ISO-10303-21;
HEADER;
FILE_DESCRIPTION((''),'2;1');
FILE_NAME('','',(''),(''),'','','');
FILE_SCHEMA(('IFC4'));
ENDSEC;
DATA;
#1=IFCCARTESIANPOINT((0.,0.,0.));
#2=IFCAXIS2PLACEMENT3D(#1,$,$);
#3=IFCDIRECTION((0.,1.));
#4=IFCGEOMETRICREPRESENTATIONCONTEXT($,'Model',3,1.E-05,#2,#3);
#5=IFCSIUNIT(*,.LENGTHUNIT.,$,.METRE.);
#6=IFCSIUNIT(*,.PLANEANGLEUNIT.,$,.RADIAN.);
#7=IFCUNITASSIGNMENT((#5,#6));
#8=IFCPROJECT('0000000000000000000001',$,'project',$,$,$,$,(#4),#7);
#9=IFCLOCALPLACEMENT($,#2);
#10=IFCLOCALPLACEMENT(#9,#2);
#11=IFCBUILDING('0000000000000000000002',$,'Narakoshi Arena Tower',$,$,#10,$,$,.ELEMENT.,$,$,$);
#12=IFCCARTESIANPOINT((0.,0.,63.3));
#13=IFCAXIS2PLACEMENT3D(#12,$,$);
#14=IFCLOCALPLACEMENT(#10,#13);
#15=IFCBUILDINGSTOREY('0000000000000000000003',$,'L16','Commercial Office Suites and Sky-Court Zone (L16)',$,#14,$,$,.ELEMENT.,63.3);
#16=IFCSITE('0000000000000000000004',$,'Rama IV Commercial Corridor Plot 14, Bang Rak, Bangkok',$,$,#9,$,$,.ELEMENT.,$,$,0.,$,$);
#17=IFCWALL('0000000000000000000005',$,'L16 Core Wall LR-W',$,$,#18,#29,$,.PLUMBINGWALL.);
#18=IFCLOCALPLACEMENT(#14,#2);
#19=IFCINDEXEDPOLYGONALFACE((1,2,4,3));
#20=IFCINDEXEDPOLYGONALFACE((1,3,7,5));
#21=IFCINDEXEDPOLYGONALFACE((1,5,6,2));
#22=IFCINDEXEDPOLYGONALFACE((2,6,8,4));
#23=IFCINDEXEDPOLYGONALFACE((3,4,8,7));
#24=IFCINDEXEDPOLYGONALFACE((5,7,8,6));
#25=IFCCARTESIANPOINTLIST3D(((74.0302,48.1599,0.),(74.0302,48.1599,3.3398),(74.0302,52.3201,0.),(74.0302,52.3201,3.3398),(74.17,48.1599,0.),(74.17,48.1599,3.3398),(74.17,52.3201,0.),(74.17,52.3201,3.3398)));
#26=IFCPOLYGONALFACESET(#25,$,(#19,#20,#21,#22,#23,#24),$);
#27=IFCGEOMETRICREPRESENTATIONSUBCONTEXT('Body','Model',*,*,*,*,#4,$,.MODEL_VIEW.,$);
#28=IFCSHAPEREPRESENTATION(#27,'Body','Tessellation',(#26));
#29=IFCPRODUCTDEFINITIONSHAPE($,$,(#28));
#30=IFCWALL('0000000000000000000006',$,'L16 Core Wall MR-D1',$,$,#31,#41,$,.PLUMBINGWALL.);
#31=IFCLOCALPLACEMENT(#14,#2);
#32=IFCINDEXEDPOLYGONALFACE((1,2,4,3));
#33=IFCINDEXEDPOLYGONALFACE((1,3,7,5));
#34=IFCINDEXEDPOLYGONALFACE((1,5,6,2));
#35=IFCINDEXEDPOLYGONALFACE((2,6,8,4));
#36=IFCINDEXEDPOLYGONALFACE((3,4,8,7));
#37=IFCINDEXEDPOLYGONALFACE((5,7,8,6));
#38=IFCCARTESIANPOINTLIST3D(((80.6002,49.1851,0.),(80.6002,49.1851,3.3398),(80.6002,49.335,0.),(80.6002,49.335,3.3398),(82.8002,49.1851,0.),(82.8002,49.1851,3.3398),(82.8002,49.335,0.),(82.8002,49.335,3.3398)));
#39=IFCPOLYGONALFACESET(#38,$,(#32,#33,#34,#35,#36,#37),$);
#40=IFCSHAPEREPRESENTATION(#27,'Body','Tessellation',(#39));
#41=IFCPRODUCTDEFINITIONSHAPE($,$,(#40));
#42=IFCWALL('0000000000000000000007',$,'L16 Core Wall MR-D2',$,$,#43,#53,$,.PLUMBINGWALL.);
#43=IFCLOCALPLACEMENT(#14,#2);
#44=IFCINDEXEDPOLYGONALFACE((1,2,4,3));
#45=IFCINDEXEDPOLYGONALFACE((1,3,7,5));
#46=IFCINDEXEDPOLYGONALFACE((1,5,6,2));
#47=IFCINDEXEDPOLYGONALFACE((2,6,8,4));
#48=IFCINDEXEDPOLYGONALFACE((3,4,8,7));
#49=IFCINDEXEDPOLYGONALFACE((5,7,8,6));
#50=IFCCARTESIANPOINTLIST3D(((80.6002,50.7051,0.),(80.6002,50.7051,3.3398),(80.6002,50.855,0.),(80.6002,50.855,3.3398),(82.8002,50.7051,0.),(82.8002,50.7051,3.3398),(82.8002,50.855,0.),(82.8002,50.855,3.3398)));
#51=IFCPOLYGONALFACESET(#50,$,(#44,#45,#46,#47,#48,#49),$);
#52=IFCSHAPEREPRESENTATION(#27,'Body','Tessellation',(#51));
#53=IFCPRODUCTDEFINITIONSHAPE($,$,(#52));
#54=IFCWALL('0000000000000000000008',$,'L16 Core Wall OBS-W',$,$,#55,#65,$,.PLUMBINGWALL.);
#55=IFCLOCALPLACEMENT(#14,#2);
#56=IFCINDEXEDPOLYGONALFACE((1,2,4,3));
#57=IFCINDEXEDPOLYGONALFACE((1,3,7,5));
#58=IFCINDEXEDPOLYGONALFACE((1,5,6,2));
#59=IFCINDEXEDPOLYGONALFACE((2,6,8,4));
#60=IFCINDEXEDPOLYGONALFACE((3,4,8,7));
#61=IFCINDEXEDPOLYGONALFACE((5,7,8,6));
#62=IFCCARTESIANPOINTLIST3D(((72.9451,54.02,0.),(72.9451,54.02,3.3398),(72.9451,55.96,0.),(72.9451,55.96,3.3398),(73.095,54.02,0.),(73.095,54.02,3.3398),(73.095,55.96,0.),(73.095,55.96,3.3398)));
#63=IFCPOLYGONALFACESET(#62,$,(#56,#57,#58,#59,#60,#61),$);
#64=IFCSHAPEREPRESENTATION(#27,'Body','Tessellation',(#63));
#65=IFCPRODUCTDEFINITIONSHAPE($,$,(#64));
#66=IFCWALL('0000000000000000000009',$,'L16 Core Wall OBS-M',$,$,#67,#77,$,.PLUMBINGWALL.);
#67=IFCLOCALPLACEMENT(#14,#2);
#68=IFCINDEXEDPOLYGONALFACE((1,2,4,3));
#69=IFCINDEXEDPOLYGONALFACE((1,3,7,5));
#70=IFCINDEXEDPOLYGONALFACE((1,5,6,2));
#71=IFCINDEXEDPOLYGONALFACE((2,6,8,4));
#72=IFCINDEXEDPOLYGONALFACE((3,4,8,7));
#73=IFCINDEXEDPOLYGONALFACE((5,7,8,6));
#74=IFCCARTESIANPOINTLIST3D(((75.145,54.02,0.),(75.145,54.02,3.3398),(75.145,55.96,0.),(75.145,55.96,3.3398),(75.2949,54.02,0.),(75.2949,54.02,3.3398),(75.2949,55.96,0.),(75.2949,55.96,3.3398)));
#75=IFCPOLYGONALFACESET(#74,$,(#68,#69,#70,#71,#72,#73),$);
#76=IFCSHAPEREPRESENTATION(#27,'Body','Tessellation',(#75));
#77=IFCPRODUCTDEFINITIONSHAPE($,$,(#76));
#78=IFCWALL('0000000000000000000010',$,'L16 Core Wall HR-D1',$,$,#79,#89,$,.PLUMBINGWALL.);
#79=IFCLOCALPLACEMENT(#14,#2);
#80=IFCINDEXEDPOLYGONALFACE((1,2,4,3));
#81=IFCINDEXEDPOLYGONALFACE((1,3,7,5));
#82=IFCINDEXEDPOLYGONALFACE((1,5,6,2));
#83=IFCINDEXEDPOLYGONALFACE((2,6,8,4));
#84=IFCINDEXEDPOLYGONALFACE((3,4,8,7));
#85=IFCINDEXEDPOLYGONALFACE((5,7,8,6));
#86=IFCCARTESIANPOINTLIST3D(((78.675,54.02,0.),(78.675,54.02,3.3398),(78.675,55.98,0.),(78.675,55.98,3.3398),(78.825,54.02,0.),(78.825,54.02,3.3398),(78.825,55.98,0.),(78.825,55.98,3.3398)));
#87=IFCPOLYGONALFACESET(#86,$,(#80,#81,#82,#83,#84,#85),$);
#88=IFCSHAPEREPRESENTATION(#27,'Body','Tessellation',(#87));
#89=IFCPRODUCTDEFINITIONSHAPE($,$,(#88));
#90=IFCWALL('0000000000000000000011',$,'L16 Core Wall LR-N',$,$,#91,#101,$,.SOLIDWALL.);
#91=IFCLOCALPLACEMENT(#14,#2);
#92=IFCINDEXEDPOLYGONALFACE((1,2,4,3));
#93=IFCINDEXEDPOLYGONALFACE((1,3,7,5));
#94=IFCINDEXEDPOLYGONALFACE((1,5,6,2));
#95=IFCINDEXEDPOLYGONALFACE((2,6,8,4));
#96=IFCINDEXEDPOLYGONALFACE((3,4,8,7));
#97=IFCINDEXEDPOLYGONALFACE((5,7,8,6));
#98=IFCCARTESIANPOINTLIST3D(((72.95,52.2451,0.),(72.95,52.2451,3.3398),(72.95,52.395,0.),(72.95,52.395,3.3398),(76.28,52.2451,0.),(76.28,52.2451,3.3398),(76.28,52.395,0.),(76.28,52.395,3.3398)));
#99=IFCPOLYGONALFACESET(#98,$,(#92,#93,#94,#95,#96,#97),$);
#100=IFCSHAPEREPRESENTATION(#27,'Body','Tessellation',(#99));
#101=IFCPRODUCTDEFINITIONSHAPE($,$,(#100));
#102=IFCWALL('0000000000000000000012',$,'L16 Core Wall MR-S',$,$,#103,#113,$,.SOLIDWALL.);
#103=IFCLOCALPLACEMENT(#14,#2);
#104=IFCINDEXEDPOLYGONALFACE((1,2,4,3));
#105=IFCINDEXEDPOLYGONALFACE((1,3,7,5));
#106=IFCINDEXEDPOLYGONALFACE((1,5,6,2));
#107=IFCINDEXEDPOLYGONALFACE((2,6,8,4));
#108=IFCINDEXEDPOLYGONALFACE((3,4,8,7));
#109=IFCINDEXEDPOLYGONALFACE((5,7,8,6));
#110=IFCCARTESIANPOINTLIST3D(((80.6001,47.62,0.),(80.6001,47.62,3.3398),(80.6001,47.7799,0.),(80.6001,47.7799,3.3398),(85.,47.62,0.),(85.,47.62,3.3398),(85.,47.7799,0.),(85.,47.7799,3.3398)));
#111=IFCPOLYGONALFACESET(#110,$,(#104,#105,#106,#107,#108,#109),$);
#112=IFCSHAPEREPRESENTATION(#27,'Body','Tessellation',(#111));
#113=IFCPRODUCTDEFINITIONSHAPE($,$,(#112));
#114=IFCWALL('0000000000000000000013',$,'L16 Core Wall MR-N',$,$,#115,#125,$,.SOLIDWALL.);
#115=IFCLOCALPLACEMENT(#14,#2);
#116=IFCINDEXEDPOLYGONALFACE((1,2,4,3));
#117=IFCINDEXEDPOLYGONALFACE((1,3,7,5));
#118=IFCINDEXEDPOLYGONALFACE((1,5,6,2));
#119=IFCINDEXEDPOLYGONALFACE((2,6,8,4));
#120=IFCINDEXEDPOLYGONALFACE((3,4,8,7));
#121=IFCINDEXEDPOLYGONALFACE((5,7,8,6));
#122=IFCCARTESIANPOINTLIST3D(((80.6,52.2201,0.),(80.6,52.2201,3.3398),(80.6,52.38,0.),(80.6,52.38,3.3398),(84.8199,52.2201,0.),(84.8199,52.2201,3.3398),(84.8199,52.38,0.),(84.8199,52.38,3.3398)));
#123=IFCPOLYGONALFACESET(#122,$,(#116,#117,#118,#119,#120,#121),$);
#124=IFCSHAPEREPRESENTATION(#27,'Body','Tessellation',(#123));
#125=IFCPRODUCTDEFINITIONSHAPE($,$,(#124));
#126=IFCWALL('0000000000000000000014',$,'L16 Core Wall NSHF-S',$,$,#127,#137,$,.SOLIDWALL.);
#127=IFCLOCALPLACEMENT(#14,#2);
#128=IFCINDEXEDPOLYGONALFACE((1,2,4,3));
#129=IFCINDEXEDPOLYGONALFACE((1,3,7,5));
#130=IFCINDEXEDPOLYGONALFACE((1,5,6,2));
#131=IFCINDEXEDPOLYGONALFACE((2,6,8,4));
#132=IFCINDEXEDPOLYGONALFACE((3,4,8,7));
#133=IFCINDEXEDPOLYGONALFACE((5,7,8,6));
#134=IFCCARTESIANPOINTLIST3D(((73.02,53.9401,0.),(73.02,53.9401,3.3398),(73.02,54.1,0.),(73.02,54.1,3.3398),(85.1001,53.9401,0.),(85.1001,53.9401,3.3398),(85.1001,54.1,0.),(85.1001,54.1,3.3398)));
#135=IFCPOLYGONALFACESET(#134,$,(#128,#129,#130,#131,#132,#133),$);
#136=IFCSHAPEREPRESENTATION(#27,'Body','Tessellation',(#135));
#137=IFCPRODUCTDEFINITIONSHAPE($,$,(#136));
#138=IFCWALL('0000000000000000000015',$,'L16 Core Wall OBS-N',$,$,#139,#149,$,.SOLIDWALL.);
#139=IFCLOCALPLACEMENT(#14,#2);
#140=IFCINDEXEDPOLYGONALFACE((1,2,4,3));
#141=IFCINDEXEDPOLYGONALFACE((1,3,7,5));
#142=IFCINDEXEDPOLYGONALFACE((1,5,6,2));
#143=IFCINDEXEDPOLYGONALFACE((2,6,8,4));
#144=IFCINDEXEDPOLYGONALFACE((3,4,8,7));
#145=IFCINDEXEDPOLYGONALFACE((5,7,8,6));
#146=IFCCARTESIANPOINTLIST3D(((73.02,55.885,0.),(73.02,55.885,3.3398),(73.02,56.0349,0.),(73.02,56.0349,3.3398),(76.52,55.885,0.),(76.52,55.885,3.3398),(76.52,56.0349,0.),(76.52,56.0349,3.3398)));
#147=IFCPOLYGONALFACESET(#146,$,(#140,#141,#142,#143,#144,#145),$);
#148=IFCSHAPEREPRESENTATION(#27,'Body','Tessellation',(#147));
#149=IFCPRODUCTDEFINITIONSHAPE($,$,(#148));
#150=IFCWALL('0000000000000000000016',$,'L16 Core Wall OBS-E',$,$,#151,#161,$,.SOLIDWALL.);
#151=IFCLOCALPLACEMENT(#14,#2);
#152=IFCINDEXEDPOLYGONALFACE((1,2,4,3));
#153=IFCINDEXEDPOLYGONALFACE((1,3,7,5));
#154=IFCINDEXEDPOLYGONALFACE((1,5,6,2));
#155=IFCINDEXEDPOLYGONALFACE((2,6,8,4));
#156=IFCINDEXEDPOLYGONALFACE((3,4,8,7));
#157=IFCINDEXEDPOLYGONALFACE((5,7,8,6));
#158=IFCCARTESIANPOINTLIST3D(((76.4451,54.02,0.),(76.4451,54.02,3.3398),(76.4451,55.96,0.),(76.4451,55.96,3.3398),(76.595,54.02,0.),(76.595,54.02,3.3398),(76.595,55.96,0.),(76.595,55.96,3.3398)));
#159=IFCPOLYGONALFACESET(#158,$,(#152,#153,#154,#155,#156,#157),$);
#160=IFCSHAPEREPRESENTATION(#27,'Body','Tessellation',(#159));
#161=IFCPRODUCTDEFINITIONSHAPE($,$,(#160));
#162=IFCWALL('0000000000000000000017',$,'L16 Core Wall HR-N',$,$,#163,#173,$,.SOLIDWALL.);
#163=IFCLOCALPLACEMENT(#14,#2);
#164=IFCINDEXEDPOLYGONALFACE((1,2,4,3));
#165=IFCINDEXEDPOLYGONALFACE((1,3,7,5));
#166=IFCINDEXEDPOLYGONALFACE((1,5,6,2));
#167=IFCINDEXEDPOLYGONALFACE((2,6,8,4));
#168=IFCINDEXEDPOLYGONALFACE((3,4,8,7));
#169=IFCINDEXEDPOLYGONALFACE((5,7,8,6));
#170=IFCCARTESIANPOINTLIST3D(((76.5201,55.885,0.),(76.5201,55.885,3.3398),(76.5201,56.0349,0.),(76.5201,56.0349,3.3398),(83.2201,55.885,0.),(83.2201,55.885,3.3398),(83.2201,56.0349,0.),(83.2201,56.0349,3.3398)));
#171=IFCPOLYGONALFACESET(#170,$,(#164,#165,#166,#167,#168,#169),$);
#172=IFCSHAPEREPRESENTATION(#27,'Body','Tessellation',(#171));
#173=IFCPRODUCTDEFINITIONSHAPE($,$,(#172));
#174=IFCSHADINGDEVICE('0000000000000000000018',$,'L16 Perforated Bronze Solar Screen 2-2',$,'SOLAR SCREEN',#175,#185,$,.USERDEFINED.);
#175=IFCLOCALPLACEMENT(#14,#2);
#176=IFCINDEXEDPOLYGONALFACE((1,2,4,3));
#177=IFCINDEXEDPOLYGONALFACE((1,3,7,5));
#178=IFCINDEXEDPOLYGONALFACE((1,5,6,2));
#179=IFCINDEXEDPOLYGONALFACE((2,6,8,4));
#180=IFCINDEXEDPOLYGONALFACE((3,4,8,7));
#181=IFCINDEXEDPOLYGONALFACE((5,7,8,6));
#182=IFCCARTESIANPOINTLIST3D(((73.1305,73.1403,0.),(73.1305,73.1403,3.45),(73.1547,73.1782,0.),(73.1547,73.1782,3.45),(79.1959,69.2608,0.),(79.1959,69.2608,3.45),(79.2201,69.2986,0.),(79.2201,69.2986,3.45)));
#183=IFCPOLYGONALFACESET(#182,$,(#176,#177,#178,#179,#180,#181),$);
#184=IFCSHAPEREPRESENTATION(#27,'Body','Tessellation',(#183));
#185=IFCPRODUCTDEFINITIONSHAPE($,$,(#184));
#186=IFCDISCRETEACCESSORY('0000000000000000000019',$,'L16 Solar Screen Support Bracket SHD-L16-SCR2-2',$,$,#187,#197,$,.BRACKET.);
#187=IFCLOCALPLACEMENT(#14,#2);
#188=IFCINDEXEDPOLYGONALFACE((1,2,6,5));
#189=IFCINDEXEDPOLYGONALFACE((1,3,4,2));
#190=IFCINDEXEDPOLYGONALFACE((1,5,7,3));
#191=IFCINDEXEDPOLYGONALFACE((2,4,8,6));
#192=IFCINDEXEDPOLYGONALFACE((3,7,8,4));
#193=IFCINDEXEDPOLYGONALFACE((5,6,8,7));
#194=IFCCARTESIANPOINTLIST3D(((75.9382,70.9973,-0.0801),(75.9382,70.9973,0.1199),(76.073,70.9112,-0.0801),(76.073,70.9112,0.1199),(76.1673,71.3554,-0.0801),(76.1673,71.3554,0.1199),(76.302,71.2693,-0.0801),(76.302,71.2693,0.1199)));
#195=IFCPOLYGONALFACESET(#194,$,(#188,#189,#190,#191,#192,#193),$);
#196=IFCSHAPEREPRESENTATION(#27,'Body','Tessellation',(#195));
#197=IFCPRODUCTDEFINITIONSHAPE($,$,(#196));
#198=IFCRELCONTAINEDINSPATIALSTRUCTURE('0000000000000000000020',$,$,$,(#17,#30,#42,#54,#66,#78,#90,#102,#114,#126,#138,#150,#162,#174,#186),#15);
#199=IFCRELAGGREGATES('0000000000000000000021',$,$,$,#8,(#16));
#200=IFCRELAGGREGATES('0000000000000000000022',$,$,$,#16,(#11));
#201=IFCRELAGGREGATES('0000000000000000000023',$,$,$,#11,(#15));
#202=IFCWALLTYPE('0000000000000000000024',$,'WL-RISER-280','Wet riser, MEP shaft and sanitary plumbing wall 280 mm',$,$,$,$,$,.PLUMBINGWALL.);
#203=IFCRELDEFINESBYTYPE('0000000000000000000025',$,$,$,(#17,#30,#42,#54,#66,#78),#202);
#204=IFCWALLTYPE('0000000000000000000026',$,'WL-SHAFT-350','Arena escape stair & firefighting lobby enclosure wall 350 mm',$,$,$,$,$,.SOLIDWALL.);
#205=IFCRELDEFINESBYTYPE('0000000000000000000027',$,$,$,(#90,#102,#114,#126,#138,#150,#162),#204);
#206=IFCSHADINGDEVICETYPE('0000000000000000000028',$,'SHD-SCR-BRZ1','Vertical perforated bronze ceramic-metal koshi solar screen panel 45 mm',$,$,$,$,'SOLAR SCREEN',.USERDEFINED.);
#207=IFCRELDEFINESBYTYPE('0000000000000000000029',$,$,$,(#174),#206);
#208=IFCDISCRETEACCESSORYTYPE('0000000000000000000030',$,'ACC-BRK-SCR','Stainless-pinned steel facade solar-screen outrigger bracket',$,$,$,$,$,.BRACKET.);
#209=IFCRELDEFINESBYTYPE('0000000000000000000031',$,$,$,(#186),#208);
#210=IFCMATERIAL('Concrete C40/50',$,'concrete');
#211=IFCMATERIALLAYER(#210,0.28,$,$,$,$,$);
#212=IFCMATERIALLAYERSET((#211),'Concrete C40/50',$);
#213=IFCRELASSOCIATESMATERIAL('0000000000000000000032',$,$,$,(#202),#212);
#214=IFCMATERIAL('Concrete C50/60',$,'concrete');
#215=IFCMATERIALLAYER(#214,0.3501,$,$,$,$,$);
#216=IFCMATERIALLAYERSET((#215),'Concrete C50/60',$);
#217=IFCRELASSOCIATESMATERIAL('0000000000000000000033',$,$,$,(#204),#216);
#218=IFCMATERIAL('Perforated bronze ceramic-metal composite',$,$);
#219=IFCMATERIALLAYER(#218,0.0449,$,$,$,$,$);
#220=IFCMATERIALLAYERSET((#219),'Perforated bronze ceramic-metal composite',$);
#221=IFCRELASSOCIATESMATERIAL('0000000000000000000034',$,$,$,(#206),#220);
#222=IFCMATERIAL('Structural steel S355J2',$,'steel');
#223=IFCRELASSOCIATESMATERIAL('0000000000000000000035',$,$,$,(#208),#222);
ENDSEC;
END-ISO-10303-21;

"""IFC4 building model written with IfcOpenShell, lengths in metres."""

from ifc_helpers import new_model, si_unit, direction, frame, frame_2d, origin, origin_2d, place, context, subcontext, project, spatial, rectangle, extrude, material, layer, layer_set, type_object, element, save


model = new_model("IFC4")

# Units and contexts
model_context = context("Model", 3, precision=1e-05, world=origin(), true_north=direction((0.0, 1.0)))
body_context = subcontext(model_context, "Body", "Model", "MODEL_VIEW")
ifc_project = project(units=[si_unit("LENGTHUNIT", "METRE"), si_unit("PLANEANGLEUNIT", "RADIAN")], contexts=[model_context])

# Site, building, storey
site_placement = place(None, origin())
site = spatial("IfcSite", under=ifc_project, at=site_placement, Name="Rama IV Commercial Corridor Plot 14, Bang Rak, Bangkok", CompositionType="ELEMENT", RefElevation=0.0)
building_placement = place(site_placement, origin())
building = spatial("IfcBuilding", under=site, at=building_placement, Name="Narakoshi Arena Tower", CompositionType="ELEMENT")
storey_placement = place(building_placement, frame((0.0, 0.0, 63.3)))
storey = spatial("IfcBuildingStorey", under=building, at=storey_placement, Name="L16", Description="Commercial Office Suites and Sky-Court Zone (L16)", CompositionType="ELEMENT", Elevation=63.3)

# Walls
ifc_material_1 = material(Name="Concrete C40/50", Category="concrete")
ifc_layer_1 = layer(ifc_material_1, 0.28)
ifc_layer_set_1 = layer_set([ifc_layer_1], Name="Concrete C40/50")
wall_type_1 = type_object("IfcWallType", Name="WL-RISER-280", Description="Wet riser, MEP shaft and sanitary plumbing wall 280 mm", PredefinedType="PLUMBINGWALL", material=ifc_layer_set_1)
wall_1_placement = place(storey_placement, frame((74.1001, 48.1599, 0.0), z_axis=(0.0, 0.0, 1.0), x_axis=(0.0, 1.0, 0.0)))
element("IfcWall", 1, at=wall_1_placement, inside=storey, type_object=wall_type_1, Name="L16 Core Wall LR-W", PredefinedType="PLUMBINGWALL", context=body_context, shape_type="SweptSolid", body=[
    extrude(rectangle(XDim=4.1602, YDim=0.1399, at=frame_2d((2.0801, 0.0))), origin(), (0.0, 0.0, 1.0), 3.3398),
])
for number, where, z_axis, x_axis, name in (
    (2, (80.6001, 49.26, 0.0), (0.0, 0.0, 1.0), (1.0, 0.0, 0.0), "L16 Core Wall MR-D1"),
    (3, (80.6001, 50.78, 0.0), (0.0, 0.0, 1.0), (1.0, 0.0, 0.0), "L16 Core Wall MR-D2"),
):
    element("IfcWall", number, at=place(storey_placement, frame(where, z_axis=z_axis, x_axis=x_axis)), inside=storey, type_object=wall_type_1, Name=name, PredefinedType="PLUMBINGWALL", context=body_context, shape_type="SweptSolid", body=[
        extrude(rectangle(XDim=2.2, YDim=0.1499, at=frame_2d((1.1001, 0.0))), origin(), (0.0, 0.0, 1.0), 3.3398),
    ])
for number, where, z_axis, x_axis, name in (
    (4, (73.02, 54.02, 0.0), (0.0, 0.0, 1.0), (0.0, 1.0, 0.0), "L16 Core Wall OBS-W"),
    (5, (75.22, 54.02, 0.0), (0.0, 0.0, 1.0), (0.0, 1.0, 0.0), "L16 Core Wall OBS-M"),
):
    element("IfcWall", number, at=place(storey_placement, frame(where, z_axis=z_axis, x_axis=x_axis)), inside=storey, type_object=wall_type_1, Name=name, PredefinedType="PLUMBINGWALL", context=body_context, shape_type="SweptSolid", body=[
        extrude(rectangle(XDim=1.9399, YDim=0.1499, at=frame_2d((0.97, 0.0))), origin(), (0.0, 0.0, 1.0), 3.3398),
    ])
wall_2_placement = place(storey_placement, frame((78.75, 54.02, 0.0), z_axis=(0.0, 0.0, 1.0), x_axis=(0.0, 1.0, 0.0)))
element("IfcWall", 6, at=wall_2_placement, inside=storey, type_object=wall_type_1, Name="L16 Core Wall HR-D1", PredefinedType="PLUMBINGWALL", context=body_context, shape_type="SweptSolid", body=[
    extrude(rectangle(XDim=1.96, YDim=0.1499, at=frame_2d((0.98, 0.0))), origin(), (0.0, 0.0, 1.0), 3.3398),
])
ifc_material_2 = material(Name="Concrete C50/60", Category="concrete")
ifc_layer_2 = layer(ifc_material_2, 0.3501)
ifc_layer_set_2 = layer_set([ifc_layer_2], Name="Concrete C50/60")
wall_type_2 = type_object("IfcWallType", Name="WL-SHAFT-350", Description="Arena escape stair & firefighting lobby enclosure wall 350 mm", PredefinedType="SOLIDWALL", material=ifc_layer_set_2)
wall_3_placement = place(storey_placement, frame((72.95, 52.3201, 0.0), z_axis=(0.0, 0.0, 1.0), x_axis=(1.0, 0.0, 0.0)))
element("IfcWall", 7, at=wall_3_placement, inside=storey, type_object=wall_type_2, Name="L16 Core Wall LR-N", PredefinedType="SOLIDWALL", context=body_context, shape_type="SweptSolid", body=[
    extrude(rectangle(XDim=3.3301, YDim=0.1499, at=frame_2d((1.665, 0.0))), origin(), (0.0, 0.0, 1.0), 3.3398),
])
wall_4_placement = place(storey_placement, frame((80.6001, 47.7, 0.0), z_axis=(0.0, 0.0, 1.0), x_axis=(1.0, 0.0, 0.0)))
element("IfcWall", 8, at=wall_4_placement, inside=storey, type_object=wall_type_2, Name="L16 Core Wall MR-S", PredefinedType="SOLIDWALL", context=body_context, shape_type="SweptSolid", body=[
    extrude(rectangle(XDim=4.3999, YDim=0.1599, at=frame_2d((2.2, 0.0))), origin(), (0.0, 0.0, 1.0), 3.3398),
])
wall_5_placement = place(storey_placement, frame((80.6001, 52.3, 0.0), z_axis=(0.0, 0.0, 1.0), x_axis=(1.0, 0.0, 0.0)))
element("IfcWall", 9, at=wall_5_placement, inside=storey, type_object=wall_type_2, Name="L16 Core Wall MR-N", PredefinedType="SOLIDWALL", context=body_context, shape_type="SweptSolid", body=[
    extrude(rectangle(XDim=4.22, YDim=0.1599, at=frame_2d((2.1099, 0.0))), origin(), (0.0, 0.0, 1.0), 3.3398),
])
wall_6_placement = place(storey_placement, frame((73.02, 54.02, 0.0), z_axis=(0.0, 0.0, 1.0), x_axis=(1.0, 0.0, 0.0)))
element("IfcWall", 10, at=wall_6_placement, inside=storey, type_object=wall_type_2, Name="L16 Core Wall NSHF-S", PredefinedType="SOLIDWALL", context=body_context, shape_type="SweptSolid", body=[
    extrude(rectangle(XDim=12.0801, YDim=0.1599, at=frame_2d((6.04, 0.0))), origin(), (0.0, 0.0, 1.0), 3.3398),
])
wall_7_placement = place(storey_placement, frame((73.02, 55.96, 0.0), z_axis=(0.0, 0.0, 1.0), x_axis=(1.0, 0.0, 0.0)))
element("IfcWall", 11, at=wall_7_placement, inside=storey, type_object=wall_type_2, Name="L16 Core Wall OBS-N", PredefinedType="SOLIDWALL", context=body_context, shape_type="SweptSolid", body=[
    extrude(rectangle(XDim=3.5, YDim=0.1499, at=frame_2d((1.75, 0.0))), origin(), (0.0, 0.0, 1.0), 3.3398),
])
wall_8_placement = place(storey_placement, frame((76.52, 54.02, 0.0), z_axis=(0.0, 0.0, 1.0), x_axis=(0.0, 1.0, 0.0)))
element("IfcWall", 12, at=wall_8_placement, inside=storey, type_object=wall_type_2, Name="L16 Core Wall OBS-E", PredefinedType="SOLIDWALL", context=body_context, shape_type="SweptSolid", body=[
    extrude(rectangle(XDim=1.9399, YDim=0.1499, at=frame_2d((0.97, 0.0))), origin(), (0.0, 0.0, 1.0), 3.3398),
])
wall_9_placement = place(storey_placement, frame((76.52, 55.96, 0.0), z_axis=(0.0, 0.0, 1.0), x_axis=(1.0, 0.0, 0.0)))
element("IfcWall", 13, at=wall_9_placement, inside=storey, type_object=wall_type_2, Name="L16 Core Wall HR-N", PredefinedType="SOLIDWALL", context=body_context, shape_type="SweptSolid", body=[
    extrude(rectangle(XDim=6.7, YDim=0.1499, at=frame_2d((3.3501, 0.0))), origin(), (0.0, 0.0, 1.0), 3.3398),
])

# Shading device
ifc_material_3 = material(Name="Perforated bronze ceramic-metal composite")
ifc_layer_3 = layer(ifc_material_3, 0.0449)
ifc_layer_set_3 = layer_set([ifc_layer_3], Name="Perforated bronze ceramic-metal composite")
shading_device_type = type_object("IfcShadingDeviceType", Name="SHD-SCR-BRZ1", Description="Vertical perforated bronze ceramic-metal koshi solar screen panel 45 mm", ElementType="SOLAR SCREEN", PredefinedType="USERDEFINED", material=ifc_layer_set_3)
shading_device_placement = place(storey_placement, frame((76.1753, 71.2195, 0.0), z_axis=(0.0, 0.0, 1.0), x_axis=(-0.842415, 0.53883, 0.0)))
element("IfcShadingDevice", 14, at=shading_device_placement, inside=storey, type_object=shading_device_type, Name="L16 Perforated Bronze Solar Screen 2-2", ObjectType="SOLAR SCREEN", PredefinedType="USERDEFINED", context=body_context, shape_type="SweptSolid", body=[
    extrude(rectangle(XDim=7.2, YDim=0.0449, at=origin_2d()), origin(), (0.0, 0.0, 1.0), 3.45),
])

# Discrete accessory
ifc_material_4 = material(Name="Structural steel S355J2", Category="steel")
discrete_accessory_type = type_object("IfcDiscreteAccessoryType", Name="ACC-BRK-SCR", Description="Stainless-pinned steel facade solar-screen outrigger bracket", PredefinedType="BRACKET", material=ifc_material_4)
discrete_accessory_placement = place(storey_placement, frame((76.1201, 71.1333, -0.0801), z_axis=(0.0, 0.0, 1.0), x_axis=(-0.842415, 0.53883, 0.0)))
element("IfcDiscreteAccessory", 15, at=discrete_accessory_placement, inside=storey, type_object=discrete_accessory_type, Name="L16 Solar Screen Support Bracket SHD-L16-SCR2-2", PredefinedType="BRACKET", context=body_context, shape_type="SweptSolid", body=[
    extrude(rectangle(XDim=0.1599, YDim=0.425, at=origin_2d()), origin(), (0.0, 0.0, 1.0), 0.2),
])

save(model, "model.ifc")
